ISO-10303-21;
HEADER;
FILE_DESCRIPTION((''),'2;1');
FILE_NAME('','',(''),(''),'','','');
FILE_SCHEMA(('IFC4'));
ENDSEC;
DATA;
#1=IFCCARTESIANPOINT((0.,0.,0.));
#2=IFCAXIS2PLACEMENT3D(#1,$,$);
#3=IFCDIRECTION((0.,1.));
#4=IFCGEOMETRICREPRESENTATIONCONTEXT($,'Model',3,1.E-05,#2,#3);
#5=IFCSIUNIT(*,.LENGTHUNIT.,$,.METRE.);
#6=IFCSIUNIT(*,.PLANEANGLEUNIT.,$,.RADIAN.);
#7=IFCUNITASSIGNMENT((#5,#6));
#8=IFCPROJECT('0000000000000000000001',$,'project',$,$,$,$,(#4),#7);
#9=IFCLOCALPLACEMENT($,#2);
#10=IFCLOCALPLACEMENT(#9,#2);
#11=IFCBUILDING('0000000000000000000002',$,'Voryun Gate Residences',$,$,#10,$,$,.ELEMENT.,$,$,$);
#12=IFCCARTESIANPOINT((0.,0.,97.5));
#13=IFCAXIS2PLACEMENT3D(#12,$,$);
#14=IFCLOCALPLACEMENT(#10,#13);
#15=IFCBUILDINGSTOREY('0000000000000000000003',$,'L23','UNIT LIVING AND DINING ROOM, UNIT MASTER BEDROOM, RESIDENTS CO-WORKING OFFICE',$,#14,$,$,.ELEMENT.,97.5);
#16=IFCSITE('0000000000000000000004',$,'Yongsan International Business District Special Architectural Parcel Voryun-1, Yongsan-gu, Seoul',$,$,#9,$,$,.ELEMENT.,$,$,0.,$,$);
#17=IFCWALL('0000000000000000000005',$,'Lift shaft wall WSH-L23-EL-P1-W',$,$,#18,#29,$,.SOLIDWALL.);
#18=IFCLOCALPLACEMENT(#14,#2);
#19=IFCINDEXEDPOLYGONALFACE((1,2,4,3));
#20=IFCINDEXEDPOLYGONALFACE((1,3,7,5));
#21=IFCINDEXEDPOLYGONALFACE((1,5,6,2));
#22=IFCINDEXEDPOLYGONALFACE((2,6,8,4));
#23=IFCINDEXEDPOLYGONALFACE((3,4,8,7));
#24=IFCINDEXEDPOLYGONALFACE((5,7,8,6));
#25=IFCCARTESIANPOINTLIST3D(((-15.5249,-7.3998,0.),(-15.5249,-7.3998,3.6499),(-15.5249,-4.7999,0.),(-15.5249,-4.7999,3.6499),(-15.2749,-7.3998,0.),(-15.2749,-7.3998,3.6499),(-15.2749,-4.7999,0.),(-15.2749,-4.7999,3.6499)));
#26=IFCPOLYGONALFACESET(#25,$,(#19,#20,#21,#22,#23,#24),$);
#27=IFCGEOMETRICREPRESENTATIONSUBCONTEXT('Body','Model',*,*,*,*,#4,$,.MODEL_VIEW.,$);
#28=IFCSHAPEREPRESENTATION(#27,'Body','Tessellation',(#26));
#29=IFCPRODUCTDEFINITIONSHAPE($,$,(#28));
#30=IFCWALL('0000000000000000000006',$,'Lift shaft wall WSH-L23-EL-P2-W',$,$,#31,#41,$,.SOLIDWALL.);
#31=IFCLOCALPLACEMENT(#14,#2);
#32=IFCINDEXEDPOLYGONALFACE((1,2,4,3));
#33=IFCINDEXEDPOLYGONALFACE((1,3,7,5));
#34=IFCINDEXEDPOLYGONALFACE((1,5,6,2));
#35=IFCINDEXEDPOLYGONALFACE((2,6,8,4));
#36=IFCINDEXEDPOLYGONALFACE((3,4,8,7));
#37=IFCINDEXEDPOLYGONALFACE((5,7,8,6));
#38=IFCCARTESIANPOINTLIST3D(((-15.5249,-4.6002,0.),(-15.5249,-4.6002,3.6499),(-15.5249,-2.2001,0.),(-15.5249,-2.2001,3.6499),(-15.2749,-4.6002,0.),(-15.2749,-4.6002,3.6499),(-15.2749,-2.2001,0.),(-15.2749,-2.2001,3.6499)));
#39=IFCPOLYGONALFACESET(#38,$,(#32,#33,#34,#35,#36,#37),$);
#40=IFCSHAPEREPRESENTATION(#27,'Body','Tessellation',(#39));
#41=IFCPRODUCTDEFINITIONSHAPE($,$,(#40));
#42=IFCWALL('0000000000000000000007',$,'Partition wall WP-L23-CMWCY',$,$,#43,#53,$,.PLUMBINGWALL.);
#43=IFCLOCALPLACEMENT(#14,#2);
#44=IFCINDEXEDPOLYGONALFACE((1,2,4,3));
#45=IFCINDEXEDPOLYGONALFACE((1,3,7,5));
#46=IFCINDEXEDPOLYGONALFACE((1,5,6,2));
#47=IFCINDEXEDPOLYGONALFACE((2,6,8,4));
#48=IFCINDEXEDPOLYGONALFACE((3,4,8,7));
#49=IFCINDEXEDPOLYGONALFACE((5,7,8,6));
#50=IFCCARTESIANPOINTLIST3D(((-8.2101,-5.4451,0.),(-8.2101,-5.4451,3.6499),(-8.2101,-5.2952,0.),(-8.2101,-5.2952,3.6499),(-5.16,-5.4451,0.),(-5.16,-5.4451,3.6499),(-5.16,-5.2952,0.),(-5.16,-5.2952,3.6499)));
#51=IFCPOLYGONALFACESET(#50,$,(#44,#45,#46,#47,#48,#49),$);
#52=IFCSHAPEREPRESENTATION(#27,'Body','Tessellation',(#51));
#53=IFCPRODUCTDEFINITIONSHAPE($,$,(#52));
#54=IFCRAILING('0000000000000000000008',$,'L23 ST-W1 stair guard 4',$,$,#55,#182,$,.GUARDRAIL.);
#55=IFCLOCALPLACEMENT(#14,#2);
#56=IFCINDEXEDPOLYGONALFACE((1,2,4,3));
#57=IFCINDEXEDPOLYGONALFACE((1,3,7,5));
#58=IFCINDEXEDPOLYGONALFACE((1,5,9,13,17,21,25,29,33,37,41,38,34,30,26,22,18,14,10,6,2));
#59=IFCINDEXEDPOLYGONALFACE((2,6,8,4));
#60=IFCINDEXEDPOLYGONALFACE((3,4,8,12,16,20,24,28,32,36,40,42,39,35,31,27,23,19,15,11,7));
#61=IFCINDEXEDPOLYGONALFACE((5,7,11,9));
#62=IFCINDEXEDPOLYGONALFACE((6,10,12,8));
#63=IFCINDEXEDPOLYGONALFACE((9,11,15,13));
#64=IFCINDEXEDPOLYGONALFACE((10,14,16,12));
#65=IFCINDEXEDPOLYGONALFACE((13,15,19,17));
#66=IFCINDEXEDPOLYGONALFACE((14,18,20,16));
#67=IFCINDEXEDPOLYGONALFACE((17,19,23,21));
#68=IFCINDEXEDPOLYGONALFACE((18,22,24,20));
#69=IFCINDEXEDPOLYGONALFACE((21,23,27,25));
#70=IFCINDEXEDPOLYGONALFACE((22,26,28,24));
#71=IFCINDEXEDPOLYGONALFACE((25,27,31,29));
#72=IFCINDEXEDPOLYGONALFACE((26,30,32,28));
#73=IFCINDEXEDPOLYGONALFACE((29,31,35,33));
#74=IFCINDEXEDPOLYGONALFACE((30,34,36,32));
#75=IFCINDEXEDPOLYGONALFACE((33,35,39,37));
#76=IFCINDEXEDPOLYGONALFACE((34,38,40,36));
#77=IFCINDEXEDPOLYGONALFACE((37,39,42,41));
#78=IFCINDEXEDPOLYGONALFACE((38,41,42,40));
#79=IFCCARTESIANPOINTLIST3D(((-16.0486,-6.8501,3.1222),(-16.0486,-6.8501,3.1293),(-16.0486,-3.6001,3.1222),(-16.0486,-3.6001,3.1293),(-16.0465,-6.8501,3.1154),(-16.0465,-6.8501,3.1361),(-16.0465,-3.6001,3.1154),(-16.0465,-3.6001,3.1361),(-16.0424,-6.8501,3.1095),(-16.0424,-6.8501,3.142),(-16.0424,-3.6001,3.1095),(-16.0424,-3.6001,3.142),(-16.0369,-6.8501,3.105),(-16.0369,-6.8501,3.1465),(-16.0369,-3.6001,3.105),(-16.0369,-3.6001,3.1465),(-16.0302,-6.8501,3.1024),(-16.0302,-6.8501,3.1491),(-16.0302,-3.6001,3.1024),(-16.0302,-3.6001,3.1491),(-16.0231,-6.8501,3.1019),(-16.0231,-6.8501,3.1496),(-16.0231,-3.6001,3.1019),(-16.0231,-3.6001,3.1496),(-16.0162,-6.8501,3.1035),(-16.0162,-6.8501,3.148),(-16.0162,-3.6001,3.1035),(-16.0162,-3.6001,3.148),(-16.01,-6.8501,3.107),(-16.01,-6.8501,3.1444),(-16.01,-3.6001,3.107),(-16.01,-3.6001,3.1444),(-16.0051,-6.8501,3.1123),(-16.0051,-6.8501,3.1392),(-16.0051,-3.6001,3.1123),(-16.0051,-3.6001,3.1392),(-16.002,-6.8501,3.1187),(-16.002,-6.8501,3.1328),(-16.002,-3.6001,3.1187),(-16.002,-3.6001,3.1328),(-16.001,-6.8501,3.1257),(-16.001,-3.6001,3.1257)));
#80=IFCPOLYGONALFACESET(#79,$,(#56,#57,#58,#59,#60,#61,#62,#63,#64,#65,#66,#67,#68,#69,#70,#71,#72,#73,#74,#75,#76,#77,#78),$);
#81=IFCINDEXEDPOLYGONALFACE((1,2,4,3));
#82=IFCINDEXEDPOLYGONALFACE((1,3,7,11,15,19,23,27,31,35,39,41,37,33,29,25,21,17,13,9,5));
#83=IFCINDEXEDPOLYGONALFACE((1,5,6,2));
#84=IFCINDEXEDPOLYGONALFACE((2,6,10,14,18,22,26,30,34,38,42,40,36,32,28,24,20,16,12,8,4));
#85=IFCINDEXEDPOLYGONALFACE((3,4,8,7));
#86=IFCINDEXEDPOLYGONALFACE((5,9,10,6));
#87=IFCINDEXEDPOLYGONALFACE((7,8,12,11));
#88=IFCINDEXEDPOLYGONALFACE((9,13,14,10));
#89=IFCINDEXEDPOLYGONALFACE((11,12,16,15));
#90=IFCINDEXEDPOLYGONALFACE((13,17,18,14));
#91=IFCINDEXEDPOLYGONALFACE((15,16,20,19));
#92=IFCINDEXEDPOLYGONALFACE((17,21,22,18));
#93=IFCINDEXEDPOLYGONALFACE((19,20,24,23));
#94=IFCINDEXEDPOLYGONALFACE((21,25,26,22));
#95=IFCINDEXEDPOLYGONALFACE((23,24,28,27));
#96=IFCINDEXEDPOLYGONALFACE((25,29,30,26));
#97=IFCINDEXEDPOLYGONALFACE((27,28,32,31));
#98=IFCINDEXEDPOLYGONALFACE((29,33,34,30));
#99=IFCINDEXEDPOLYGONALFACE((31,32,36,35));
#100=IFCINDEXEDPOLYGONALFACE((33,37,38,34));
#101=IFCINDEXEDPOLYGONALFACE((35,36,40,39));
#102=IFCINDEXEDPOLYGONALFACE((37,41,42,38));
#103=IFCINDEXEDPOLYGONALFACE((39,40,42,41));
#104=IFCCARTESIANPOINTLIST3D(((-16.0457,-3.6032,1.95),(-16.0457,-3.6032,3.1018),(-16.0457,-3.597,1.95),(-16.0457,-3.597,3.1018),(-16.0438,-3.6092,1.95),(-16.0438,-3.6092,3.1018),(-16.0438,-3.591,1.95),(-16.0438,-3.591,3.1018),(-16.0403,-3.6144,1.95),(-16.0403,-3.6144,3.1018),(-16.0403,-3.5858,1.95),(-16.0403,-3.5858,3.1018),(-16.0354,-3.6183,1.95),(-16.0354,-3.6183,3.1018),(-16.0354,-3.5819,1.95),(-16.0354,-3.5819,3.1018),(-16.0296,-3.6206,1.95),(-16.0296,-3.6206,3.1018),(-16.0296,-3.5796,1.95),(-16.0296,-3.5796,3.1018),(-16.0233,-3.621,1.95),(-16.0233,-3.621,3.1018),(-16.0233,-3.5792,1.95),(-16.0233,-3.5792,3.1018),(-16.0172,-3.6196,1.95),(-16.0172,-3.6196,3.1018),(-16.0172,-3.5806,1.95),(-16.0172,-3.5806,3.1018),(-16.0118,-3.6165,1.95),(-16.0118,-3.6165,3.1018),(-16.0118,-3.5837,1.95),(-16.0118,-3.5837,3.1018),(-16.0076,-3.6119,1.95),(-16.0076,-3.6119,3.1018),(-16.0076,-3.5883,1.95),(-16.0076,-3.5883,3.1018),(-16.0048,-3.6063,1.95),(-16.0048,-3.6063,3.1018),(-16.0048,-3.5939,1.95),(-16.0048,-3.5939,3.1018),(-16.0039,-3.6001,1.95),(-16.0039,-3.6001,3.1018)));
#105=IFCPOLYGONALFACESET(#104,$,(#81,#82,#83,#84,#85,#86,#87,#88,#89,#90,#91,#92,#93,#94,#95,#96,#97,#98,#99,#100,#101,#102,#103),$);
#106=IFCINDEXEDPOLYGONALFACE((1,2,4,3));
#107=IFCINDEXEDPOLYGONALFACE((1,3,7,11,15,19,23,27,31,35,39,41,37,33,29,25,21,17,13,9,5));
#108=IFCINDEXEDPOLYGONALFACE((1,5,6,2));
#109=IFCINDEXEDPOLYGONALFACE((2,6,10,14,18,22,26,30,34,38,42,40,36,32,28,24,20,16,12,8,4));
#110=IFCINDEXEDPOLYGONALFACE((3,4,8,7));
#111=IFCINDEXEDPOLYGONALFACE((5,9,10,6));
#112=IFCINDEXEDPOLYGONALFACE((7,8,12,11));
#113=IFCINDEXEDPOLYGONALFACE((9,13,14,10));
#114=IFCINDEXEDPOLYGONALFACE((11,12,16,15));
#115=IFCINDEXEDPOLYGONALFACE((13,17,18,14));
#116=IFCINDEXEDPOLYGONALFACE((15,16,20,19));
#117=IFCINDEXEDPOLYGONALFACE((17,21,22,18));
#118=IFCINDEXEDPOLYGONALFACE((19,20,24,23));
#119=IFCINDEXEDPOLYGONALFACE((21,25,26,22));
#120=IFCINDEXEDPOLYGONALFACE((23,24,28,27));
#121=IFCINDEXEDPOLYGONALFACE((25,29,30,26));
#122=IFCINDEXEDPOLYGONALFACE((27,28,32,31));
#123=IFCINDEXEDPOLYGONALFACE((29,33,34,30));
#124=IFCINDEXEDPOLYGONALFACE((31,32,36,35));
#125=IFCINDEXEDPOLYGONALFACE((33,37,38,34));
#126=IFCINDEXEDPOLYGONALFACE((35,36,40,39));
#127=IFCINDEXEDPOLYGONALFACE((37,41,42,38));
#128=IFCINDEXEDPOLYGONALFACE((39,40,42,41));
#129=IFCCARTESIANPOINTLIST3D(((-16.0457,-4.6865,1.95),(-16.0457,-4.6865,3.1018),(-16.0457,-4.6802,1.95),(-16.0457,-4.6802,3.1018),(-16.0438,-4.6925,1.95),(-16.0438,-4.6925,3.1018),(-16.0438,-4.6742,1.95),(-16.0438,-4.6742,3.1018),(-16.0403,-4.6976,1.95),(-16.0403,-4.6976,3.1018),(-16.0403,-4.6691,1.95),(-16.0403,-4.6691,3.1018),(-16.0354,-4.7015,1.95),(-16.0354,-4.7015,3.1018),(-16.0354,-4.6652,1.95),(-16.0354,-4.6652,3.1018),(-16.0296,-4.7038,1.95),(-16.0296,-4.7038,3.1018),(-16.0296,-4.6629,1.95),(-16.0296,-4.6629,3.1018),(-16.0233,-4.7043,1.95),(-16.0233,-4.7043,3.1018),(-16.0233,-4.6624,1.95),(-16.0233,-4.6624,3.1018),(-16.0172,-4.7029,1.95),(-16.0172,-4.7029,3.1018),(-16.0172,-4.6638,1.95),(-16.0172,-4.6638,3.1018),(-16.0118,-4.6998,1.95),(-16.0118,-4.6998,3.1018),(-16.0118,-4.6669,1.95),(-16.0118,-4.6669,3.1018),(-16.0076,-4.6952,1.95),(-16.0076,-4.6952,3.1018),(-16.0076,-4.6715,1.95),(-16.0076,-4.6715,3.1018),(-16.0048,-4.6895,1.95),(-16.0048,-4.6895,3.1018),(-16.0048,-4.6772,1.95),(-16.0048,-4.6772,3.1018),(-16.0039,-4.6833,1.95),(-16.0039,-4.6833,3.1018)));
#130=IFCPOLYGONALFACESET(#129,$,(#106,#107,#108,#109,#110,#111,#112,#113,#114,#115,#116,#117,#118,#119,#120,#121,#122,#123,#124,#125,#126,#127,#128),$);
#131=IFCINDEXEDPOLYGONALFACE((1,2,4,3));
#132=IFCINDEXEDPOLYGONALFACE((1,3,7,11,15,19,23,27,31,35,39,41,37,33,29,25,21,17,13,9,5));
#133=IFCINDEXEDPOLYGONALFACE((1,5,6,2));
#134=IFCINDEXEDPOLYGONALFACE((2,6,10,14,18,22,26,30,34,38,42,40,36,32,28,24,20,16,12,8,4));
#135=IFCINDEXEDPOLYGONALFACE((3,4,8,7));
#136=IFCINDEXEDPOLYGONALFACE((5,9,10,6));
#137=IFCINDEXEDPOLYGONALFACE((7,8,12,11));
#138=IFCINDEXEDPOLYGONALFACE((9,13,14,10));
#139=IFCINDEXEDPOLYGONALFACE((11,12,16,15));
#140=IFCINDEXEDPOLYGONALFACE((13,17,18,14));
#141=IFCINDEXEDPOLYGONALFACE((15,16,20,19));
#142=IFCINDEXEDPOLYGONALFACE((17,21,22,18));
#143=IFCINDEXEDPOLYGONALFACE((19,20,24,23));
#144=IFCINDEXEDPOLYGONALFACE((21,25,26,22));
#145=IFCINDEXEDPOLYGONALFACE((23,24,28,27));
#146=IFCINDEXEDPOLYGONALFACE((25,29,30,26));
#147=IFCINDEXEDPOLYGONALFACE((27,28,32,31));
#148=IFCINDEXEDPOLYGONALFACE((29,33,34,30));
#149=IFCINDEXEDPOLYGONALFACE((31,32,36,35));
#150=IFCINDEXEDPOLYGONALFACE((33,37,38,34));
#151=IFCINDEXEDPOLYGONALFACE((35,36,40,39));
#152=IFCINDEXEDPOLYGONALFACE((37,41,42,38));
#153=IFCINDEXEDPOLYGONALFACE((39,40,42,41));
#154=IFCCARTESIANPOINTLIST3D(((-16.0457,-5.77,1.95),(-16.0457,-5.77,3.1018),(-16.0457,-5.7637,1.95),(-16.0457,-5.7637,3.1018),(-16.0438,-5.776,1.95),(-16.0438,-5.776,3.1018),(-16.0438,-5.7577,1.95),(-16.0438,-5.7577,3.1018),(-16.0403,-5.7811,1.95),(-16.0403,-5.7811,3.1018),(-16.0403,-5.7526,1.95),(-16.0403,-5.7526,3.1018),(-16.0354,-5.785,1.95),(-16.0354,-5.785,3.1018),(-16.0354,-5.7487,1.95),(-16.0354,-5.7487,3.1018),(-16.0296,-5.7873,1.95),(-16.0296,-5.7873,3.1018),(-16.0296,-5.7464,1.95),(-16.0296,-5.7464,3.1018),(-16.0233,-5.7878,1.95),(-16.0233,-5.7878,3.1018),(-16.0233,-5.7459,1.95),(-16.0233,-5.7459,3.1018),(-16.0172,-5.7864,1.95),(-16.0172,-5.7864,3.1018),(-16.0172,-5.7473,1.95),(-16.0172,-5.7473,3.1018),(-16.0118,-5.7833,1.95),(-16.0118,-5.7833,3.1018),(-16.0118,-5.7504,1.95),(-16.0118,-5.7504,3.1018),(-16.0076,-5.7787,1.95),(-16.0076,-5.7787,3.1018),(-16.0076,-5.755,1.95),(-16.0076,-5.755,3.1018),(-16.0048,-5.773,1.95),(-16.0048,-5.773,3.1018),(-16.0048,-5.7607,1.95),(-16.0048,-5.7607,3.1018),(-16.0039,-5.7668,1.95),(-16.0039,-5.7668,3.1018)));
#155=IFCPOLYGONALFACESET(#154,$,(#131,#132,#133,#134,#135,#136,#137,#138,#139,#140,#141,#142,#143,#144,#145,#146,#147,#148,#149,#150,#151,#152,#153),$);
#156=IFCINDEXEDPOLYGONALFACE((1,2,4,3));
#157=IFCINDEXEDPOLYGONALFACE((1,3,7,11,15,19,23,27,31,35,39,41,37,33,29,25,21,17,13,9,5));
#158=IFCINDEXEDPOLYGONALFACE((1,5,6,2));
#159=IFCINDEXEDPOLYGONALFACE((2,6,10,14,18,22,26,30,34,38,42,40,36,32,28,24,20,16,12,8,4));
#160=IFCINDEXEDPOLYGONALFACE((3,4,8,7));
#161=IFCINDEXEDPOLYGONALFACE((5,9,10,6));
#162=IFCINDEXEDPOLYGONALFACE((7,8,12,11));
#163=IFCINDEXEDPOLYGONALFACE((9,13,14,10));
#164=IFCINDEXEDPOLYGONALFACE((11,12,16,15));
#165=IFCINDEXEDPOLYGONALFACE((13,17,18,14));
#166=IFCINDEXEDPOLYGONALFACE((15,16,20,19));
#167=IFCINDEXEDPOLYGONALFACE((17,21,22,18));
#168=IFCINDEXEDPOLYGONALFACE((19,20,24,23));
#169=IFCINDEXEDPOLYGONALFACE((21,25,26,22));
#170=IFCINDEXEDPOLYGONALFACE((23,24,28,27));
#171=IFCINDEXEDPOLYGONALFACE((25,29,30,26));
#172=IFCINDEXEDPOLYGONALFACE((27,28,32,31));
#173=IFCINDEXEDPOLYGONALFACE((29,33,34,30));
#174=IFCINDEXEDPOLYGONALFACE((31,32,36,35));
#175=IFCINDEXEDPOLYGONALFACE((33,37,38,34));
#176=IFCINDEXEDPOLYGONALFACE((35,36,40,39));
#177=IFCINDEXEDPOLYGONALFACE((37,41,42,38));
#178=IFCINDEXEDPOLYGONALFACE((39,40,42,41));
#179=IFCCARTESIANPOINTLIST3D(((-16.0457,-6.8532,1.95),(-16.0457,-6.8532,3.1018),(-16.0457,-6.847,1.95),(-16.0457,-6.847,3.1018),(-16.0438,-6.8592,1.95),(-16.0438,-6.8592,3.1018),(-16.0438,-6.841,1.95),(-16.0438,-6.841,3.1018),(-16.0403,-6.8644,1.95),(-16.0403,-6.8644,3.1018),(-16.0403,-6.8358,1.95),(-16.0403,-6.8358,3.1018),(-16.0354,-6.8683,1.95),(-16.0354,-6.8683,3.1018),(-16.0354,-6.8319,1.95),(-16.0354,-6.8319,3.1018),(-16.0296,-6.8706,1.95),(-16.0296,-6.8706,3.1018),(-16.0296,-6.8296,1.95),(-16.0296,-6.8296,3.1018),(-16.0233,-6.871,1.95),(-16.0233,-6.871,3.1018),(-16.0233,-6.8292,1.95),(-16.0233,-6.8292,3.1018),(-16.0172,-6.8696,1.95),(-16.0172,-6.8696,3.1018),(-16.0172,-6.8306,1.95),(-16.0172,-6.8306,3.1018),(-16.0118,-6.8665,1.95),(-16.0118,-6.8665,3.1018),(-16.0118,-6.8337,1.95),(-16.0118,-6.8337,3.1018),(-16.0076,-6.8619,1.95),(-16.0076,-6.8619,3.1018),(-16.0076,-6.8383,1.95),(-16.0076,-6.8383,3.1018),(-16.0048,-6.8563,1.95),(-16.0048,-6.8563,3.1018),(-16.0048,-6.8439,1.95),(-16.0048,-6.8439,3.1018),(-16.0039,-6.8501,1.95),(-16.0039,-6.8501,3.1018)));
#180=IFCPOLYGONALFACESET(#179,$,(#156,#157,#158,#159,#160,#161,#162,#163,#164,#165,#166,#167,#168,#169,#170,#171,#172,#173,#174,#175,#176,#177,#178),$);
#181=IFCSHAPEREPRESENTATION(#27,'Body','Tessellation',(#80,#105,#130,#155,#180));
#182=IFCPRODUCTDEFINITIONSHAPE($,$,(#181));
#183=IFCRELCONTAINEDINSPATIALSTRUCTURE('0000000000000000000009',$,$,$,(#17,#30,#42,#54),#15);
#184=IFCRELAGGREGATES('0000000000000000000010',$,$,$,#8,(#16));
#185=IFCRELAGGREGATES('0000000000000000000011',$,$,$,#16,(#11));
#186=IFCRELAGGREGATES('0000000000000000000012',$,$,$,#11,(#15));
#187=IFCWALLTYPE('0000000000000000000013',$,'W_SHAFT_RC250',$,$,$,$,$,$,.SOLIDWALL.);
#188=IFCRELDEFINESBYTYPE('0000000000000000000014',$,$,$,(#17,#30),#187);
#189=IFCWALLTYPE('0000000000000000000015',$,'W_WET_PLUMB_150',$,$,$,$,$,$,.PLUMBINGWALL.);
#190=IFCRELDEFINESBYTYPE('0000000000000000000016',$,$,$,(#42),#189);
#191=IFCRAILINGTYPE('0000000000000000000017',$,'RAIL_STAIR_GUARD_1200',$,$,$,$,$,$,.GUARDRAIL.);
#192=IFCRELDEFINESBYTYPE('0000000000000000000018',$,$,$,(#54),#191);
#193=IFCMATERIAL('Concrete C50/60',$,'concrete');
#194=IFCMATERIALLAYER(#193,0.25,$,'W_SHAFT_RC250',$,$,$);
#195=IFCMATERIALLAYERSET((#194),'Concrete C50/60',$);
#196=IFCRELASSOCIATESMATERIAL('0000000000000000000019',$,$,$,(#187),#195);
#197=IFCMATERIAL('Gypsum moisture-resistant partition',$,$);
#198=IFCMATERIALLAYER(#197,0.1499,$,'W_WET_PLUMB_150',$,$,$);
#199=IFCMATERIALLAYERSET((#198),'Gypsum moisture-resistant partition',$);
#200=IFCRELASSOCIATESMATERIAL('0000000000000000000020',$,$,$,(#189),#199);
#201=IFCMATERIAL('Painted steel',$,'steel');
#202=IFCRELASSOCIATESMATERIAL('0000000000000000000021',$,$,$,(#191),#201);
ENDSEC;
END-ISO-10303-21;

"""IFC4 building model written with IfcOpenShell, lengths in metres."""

from ifc_helpers import new_model, si_unit, direction, frame, frame_2d, origin, origin_2d, place, context, subcontext, project, spatial, rectangle, circle, extrude, material, layer, layer_set, type_object, element, save


model = new_model("IFC4")

# Units and contexts
model_context = context("Model", 3, precision=1e-05, world=origin(), true_north=direction((0.0, 1.0)))
body_context = subcontext(model_context, "Body", "Model", "MODEL_VIEW")
ifc_project = project(units=[si_unit("LENGTHUNIT", "METRE"), si_unit("PLANEANGLEUNIT", "RADIAN")], contexts=[model_context])

# Site, building, storey
site_placement = place(None, origin())
site = spatial("IfcSite", under=ifc_project, at=site_placement, Name="Yongsan International Business District Special Architectural Parcel Voryun-1, Yongsan-gu, Seoul", CompositionType="ELEMENT", RefElevation=0.0)
building_placement = place(site_placement, origin())
building = spatial("IfcBuilding", under=site, at=building_placement, Name="Voryun Gate Residences", CompositionType="ELEMENT")
storey_placement = place(building_placement, frame((0.0, 0.0, 97.5)))
storey = spatial("IfcBuildingStorey", under=building, at=storey_placement, Name="L23", Description="UNIT LIVING AND DINING ROOM, UNIT MASTER BEDROOM, RESIDENTS CO-WORKING OFFICE", CompositionType="ELEMENT", Elevation=97.5)

# Walls
ifc_material_1 = material(Name="Concrete C50/60", Category="concrete")
ifc_layer_1 = layer(ifc_material_1, 0.25, Name="W_SHAFT_RC250")
ifc_layer_set_1 = layer_set([ifc_layer_1], Name="Concrete C50/60")
wall_type_1 = type_object("IfcWallType", Name="W_SHAFT_RC250", PredefinedType="SOLIDWALL", material=ifc_layer_set_1)
wall_1_placement = place(storey_placement, frame((-15.3999, -4.8, 0.0), z_axis=(0.0, 0.0, 1.0), x_axis=(0.0, -1.0, 0.0)))
element("IfcWall", 1, at=wall_1_placement, inside=storey, type_object=wall_type_1, Name="Lift shaft wall WSH-L23-EL-P1-W", PredefinedType="SOLIDWALL", context=body_context, shape_type="SweptSolid", body=[
    extrude(rectangle(XDim=2.5999, YDim=0.25, at=frame_2d((1.2998, 0.0))), origin(), (0.0, 0.0, 1.0), 3.6499),
])
wall_2_placement = place(storey_placement, frame((-15.3999, -2.2, 0.0), z_axis=(0.0, 0.0, 1.0), x_axis=(0.0, -1.0, 0.0)))
element("IfcWall", 2, at=wall_2_placement, inside=storey, type_object=wall_type_1, Name="Lift shaft wall WSH-L23-EL-P2-W", PredefinedType="SOLIDWALL", context=body_context, shape_type="SweptSolid", body=[
    extrude(rectangle(XDim=2.4001, YDim=0.25, at=frame_2d((1.2002, 0.0))), origin(), (0.0, 0.0, 1.0), 3.6499),
])
ifc_material_2 = material(Name="Gypsum moisture-resistant partition")
ifc_layer_2 = layer(ifc_material_2, 0.1499, Name="W_WET_PLUMB_150")
ifc_layer_set_2 = layer_set([ifc_layer_2], Name="Gypsum moisture-resistant partition")
wall_type_2 = type_object("IfcWallType", Name="W_WET_PLUMB_150", PredefinedType="PLUMBINGWALL", material=ifc_layer_set_2)
wall_3_placement = place(storey_placement, frame((-8.21, -5.3701, 0.0), z_axis=(0.0, 0.0, 1.0), x_axis=(1.0, 0.0, 0.0)))
element("IfcWall", 3, at=wall_3_placement, inside=storey, type_object=wall_type_2, Name="Partition wall WP-L23-CMWCY", PredefinedType="PLUMBINGWALL", context=body_context, shape_type="SweptSolid", body=[
    extrude(rectangle(XDim=3.05, YDim=0.1499, at=frame_2d((1.5249, 0.0))), origin(), (0.0, 0.0, 1.0), 3.6499),
])

# Railing
ifc_material_3 = material(Name="Painted steel", Category="steel")
railing_type_1 = type_object("IfcRailingType", Name="RAIL_STAIR_GUARD_1200", PredefinedType="GUARDRAIL", material=ifc_material_3)
railing_1_placement = place(storey_placement, frame((-16.0249, -3.6001, 1.95)))
element("IfcRailing", 4, at=railing_1_placement, inside=storey, type_object=railing_type_1, Name="L23 ST-W1 stair guard 4", PredefinedType="GUARDRAIL", context=body_context, shape_type="SweptSolid", body=[
    extrude(circle(Radius=0.0239, at=origin_2d()), frame((0.0, 0.0, 1.1758), z_axis=(0.0, -1.0, 0.0), x_axis=(1.0, 0.0, 0.0)), (0.0, 0.0, 1.0), 3.25),
    extrude(circle(Radius=0.021, at=origin_2d()), origin(), (0.0, 0.0, 1.0), 1.1519),
    extrude(circle(Radius=0.021, at=origin_2d()), frame((0.0, -1.0833, 0.0)), (0.0, 0.0, 1.0), 1.1519),
    extrude(circle(Radius=0.021, at=origin_2d()), frame((0.0, -2.1667, 0.0)), (0.0, 0.0, 1.0), 1.1519),
    extrude(circle(Radius=0.021, at=origin_2d()), frame((0.0, -3.25, 0.0)), (0.0, 0.0, 1.0), 1.1519),
])

save(model, "model.ifc")
